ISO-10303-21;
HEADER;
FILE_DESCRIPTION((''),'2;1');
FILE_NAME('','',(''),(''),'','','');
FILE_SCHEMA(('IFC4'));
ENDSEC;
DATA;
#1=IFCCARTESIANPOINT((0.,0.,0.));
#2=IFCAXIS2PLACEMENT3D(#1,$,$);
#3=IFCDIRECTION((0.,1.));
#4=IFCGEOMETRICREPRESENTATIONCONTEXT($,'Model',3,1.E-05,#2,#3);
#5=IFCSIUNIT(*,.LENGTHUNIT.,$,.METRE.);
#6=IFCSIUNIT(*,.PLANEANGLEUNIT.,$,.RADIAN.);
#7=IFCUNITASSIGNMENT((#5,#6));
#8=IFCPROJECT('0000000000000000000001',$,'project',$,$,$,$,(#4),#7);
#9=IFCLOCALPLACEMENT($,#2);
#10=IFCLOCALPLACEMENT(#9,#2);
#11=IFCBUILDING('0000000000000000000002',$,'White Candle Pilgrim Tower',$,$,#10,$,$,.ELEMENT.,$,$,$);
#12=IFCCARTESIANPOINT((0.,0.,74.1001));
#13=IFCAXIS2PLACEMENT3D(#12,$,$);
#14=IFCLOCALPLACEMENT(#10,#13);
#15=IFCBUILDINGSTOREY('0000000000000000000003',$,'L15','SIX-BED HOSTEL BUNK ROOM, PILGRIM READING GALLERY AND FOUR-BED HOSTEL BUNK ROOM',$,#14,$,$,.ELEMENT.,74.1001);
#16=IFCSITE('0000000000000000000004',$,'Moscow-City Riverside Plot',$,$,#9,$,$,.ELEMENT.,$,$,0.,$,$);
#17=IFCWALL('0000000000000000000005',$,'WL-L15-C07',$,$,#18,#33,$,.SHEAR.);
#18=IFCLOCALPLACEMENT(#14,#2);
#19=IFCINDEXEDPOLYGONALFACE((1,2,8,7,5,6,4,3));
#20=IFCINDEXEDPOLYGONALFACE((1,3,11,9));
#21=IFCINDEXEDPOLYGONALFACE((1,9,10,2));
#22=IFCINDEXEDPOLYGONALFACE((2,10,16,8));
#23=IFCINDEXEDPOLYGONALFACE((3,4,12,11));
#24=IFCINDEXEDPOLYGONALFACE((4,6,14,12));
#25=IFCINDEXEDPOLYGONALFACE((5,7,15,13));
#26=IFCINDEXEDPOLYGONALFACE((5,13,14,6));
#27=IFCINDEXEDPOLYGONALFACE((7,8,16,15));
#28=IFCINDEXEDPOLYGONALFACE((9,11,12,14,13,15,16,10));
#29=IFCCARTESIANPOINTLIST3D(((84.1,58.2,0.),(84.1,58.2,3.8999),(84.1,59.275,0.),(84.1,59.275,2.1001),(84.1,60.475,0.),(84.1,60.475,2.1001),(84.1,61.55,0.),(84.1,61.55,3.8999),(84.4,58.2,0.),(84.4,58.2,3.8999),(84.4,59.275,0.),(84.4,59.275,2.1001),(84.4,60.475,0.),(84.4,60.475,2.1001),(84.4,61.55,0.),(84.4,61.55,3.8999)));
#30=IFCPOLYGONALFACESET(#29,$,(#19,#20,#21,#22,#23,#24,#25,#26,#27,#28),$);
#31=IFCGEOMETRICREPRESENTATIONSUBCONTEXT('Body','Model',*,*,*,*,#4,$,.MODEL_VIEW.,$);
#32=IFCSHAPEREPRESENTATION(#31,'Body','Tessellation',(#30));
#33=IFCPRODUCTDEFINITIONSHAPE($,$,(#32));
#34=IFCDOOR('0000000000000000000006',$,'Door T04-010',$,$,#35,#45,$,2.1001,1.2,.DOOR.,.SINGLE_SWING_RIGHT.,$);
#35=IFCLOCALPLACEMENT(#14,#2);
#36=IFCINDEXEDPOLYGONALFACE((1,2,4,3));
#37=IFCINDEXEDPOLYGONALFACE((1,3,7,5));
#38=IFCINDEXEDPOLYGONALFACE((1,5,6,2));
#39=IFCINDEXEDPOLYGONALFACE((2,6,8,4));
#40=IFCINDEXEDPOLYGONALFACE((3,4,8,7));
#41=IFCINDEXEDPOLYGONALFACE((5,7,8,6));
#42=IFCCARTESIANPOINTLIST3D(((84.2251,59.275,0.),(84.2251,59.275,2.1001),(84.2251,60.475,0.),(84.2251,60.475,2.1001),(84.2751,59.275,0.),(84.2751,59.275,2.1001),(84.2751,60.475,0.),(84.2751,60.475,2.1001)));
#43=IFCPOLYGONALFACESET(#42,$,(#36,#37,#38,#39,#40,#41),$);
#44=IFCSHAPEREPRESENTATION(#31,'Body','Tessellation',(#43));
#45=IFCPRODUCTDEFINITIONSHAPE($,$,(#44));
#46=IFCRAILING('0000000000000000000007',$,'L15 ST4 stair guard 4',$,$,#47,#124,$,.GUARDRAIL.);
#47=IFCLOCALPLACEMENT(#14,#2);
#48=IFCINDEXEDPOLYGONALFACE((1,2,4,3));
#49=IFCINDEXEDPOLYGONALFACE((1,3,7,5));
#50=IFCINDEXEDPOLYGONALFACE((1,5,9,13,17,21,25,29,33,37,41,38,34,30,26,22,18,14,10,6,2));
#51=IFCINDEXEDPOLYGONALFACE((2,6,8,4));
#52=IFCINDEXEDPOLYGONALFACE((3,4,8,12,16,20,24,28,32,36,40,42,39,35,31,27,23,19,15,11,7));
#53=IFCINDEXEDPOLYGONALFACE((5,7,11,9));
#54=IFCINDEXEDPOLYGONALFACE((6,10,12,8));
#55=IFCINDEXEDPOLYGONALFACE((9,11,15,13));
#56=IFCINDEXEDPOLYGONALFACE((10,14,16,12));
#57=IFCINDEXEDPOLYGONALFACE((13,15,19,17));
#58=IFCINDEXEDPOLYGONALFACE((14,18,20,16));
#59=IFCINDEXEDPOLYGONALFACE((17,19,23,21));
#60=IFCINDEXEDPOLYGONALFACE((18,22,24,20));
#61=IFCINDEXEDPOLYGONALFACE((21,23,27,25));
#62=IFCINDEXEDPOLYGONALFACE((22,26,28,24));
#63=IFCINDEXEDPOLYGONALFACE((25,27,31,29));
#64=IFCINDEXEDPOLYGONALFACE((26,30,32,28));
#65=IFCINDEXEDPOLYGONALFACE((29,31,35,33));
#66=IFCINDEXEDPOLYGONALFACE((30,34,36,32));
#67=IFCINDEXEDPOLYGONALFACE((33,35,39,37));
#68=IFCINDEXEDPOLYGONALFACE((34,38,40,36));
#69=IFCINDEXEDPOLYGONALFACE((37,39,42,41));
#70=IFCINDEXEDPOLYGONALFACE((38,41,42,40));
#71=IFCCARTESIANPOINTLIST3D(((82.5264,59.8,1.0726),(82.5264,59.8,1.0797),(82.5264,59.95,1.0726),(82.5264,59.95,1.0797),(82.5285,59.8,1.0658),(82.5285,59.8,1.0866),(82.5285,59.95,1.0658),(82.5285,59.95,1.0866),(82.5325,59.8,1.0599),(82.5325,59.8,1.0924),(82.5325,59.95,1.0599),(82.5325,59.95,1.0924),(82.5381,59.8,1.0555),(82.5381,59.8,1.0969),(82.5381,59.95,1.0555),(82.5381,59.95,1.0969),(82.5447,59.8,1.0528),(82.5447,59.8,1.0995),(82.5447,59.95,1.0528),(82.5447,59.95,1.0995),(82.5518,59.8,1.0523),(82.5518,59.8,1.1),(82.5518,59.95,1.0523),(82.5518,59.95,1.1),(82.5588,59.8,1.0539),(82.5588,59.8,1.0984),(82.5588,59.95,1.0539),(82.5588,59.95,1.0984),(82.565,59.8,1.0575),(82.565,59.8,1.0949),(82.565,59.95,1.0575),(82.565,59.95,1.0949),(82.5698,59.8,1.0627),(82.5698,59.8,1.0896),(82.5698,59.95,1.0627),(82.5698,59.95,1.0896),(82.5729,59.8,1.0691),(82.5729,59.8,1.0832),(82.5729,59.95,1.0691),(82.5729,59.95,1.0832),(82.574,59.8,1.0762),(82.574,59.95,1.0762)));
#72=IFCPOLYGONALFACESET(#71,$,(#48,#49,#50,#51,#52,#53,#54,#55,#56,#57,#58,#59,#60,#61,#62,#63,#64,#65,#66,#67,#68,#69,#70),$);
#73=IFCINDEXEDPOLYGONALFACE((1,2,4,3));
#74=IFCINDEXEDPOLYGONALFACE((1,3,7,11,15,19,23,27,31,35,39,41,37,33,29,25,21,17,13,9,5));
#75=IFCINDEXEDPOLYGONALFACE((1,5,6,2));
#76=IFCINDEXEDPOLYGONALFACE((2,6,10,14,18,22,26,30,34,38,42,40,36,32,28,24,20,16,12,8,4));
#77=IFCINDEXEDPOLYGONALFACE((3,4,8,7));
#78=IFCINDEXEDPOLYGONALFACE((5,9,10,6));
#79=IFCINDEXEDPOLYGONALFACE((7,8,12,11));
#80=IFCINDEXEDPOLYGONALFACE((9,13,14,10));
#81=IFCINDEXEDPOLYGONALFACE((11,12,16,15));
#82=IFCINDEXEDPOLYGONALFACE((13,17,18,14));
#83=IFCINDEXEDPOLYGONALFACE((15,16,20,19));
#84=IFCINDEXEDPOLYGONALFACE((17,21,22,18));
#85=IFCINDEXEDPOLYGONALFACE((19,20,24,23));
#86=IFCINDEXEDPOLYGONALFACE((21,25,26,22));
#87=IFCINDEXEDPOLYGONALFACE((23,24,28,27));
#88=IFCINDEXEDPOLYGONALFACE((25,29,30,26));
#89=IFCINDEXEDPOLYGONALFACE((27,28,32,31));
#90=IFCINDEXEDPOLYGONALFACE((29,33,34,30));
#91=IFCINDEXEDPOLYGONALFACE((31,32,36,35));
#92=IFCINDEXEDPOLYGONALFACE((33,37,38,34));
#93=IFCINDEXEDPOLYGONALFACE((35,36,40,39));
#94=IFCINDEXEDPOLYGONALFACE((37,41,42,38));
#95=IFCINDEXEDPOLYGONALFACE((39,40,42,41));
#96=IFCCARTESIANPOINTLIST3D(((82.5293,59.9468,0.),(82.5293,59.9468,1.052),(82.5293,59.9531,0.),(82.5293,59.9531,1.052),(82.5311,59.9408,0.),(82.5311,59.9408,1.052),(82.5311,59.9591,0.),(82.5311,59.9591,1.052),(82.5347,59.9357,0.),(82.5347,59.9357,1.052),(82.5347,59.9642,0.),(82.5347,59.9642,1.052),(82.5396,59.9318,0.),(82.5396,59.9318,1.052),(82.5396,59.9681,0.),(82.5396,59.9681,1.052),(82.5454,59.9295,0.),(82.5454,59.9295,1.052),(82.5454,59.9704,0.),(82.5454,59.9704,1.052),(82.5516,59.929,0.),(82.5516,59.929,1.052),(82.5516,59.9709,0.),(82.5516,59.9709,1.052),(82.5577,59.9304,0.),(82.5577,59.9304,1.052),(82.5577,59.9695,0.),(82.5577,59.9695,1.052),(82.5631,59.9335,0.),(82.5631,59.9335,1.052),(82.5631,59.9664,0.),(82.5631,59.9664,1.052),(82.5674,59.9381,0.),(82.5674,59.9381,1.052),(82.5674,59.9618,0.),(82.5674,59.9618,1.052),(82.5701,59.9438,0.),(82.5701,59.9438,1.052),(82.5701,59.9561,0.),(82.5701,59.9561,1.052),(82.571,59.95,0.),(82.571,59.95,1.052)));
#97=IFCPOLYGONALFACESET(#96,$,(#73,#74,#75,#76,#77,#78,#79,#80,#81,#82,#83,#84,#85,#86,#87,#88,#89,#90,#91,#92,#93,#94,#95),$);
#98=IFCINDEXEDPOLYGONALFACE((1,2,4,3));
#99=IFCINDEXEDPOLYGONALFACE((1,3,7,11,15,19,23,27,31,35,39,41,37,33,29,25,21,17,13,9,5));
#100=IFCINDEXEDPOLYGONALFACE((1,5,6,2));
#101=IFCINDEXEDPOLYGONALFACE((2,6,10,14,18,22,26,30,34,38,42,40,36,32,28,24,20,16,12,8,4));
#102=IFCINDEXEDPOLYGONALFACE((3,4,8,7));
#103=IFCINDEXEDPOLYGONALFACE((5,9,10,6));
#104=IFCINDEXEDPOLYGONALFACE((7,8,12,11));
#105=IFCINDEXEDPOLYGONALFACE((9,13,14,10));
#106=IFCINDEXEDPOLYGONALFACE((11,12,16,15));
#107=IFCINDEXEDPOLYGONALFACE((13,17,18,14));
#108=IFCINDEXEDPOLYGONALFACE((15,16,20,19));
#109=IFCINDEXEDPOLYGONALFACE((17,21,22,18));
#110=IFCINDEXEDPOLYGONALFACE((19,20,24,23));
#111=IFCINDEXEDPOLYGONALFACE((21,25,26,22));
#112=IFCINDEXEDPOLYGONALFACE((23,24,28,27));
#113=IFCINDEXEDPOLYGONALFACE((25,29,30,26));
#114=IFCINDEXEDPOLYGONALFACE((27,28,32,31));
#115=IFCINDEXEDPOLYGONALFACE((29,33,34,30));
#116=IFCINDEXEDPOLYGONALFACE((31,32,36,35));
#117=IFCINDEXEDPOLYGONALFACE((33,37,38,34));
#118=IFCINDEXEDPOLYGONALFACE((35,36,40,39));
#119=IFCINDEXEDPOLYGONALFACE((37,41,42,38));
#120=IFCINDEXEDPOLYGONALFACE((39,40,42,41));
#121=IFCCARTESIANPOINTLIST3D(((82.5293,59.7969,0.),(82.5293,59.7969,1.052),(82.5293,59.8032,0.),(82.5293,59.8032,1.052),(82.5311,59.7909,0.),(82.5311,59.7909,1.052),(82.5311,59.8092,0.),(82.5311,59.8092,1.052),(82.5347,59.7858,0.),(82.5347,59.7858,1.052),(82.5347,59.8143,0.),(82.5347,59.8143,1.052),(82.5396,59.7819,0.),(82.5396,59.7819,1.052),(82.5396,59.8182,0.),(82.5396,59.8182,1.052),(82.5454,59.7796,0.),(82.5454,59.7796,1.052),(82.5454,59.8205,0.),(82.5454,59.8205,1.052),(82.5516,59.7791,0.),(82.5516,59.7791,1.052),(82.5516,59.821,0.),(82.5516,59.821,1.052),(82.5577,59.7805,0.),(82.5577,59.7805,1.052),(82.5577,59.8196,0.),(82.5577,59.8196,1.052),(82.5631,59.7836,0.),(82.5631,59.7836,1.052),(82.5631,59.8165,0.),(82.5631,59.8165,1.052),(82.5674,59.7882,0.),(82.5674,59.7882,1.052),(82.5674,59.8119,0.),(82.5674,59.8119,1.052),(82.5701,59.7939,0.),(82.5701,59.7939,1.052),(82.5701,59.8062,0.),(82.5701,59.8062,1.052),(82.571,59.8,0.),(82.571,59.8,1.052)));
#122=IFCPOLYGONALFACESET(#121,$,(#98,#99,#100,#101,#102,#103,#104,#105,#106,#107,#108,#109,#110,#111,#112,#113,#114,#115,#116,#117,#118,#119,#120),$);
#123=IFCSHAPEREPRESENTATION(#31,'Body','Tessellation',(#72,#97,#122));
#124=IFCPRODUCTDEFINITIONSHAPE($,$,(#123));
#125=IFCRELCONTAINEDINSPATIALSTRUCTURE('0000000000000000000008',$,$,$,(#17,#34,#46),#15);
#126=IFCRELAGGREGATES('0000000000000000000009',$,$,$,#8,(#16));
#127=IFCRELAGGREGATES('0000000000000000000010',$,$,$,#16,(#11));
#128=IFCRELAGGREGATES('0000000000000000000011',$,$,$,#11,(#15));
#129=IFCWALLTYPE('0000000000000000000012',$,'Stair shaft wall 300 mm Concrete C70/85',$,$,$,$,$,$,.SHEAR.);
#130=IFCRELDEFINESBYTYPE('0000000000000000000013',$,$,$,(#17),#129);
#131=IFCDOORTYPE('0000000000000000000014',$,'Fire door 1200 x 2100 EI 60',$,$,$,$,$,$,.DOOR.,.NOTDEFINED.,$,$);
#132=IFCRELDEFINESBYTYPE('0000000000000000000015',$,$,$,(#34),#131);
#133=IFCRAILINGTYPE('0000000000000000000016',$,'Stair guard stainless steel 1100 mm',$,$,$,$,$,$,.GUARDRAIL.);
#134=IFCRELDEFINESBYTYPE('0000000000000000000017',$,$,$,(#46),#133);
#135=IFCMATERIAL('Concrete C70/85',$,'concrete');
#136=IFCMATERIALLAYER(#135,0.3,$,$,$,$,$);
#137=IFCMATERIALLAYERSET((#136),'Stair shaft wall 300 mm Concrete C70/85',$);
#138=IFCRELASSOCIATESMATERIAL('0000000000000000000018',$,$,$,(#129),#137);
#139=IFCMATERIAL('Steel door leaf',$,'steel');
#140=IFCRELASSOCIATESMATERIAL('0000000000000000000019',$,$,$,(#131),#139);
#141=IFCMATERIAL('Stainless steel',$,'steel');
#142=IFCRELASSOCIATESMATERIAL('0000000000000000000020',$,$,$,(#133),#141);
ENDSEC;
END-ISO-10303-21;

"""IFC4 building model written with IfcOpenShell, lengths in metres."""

from ifc_helpers import new_model, si_unit, direction, frame, frame_2d, origin, origin_2d, place, context, subcontext, project, spatial, rectangle, circle, extrude, material, layer, layer_set, type_object, element, fill, save


model = new_model("IFC4")

# Units and contexts
model_context = context("Model", 3, precision=1e-05, world=origin(), true_north=direction((0.0, 1.0)))
body_context = subcontext(model_context, "Body", "Model", "MODEL_VIEW")
ifc_project = project(units=[si_unit("LENGTHUNIT", "METRE"), si_unit("PLANEANGLEUNIT", "RADIAN")], contexts=[model_context])

# Site, building, storey
site_placement = place(None, origin())
site = spatial("IfcSite", under=ifc_project, at=site_placement, Name="Moscow-City Riverside Plot", CompositionType="ELEMENT", RefElevation=0.0)
building_placement = place(site_placement, origin())
building = spatial("IfcBuilding", under=site, at=building_placement, Name="White Candle Pilgrim Tower", CompositionType="ELEMENT")
storey_placement = place(building_placement, frame((0.0, 0.0, 74.1001)))
storey = spatial("IfcBuildingStorey", under=building, at=storey_placement, Name="L15", Description="SIX-BED HOSTEL BUNK ROOM, PILGRIM READING GALLERY AND FOUR-BED HOSTEL BUNK ROOM", CompositionType="ELEMENT", Elevation=74.1001)

# Shared definitions
ifc_material_1 = material(Name="Concrete C70/85", Category="concrete")

# Shared definitions
ifc_material_2 = material(Name="Steel door leaf", Category="steel")

# Wall, opening, door
ifc_layer_1 = layer(ifc_material_1, 0.3)
ifc_layer_set_1 = layer_set([ifc_layer_1], Name="Stair shaft wall 300 mm Concrete C70/85")
wall_type_1 = type_object("IfcWallType", Name="Stair shaft wall 300 mm Concrete C70/85", PredefinedType="SHEAR", material=ifc_layer_set_1)
wall_1_placement = place(storey_placement, frame((84.25, 58.2, 0.0), z_axis=(0.0, 0.0, 1.0), x_axis=(0.0, 1.0, 0.0)))
wall_1 = element("IfcWall", 1, at=wall_1_placement, inside=storey, type_object=wall_type_1, Name="WL-L15-C07", PredefinedType="SHEAR", context=body_context, shape_type="SweptSolid", body=[
    extrude(rectangle(XDim=3.3501, YDim=0.3, at=frame_2d((1.675, 0.0))), origin(), (0.0, 0.0, 1.0), 3.8999),
])
opening_1_placement = place(wall_1_placement, frame((1.075, 0.0, 0.0)))
opening_1 = element("IfcOpeningElement", 2, at=opening_1_placement, cuts=wall_1, PredefinedType="OPENING", context=body_context, shape_type="SweptSolid", body=[
    extrude(rectangle(XDim=1.2, YDim=2.1001, at=frame_2d((0.6001, 1.05))), frame((0.0, 0.1599, 0.0), z_axis=(0.0, -1.0, 0.0), x_axis=(1.0, 0.0, 0.0)), (0.0, 0.0, 1.0), 0.3201),
])
door_type_1 = type_object("IfcDoorType", Name="Fire door 1200 x 2100 EI 60", OperationType="NOTDEFINED", PredefinedType="DOOR", material=ifc_material_2)
door_1_placement = place(opening_1_placement, origin())
door_1 = element("IfcDoor", 3, at=door_1_placement, inside=storey, type_object=door_type_1, Name="Door T04-010", OperationType="SINGLE_SWING_RIGHT", OverallHeight=2.1001, OverallWidth=1.2, PredefinedType="DOOR", context=body_context, shape_type="SweptSolid", body=[
    extrude(rectangle(XDim=1.2, YDim=2.1001, at=frame_2d((0.6001, 1.05))), frame((0.0, 0.0249, 0.0), z_axis=(0.0, -1.0, 0.0), x_axis=(1.0, 0.0, 0.0)), (0.0, 0.0, 1.0), 0.05),
])
fill(opening_1, door_1)

# Railing
ifc_material_3 = material(Name="Stainless steel", Category="steel")
railing_type = type_object("IfcRailingType", Name="Stair guard stainless steel 1100 mm", PredefinedType="GUARDRAIL", material=ifc_material_3)
railing_placement = place(storey_placement, frame((82.55, 59.95, 0.0)))
element("IfcRailing", 4, at=railing_placement, inside=storey, type_object=railing_type, Name="L15 ST4 stair guard 4", PredefinedType="GUARDRAIL", context=body_context, shape_type="SweptSolid", body=[
    extrude(circle(Radius=0.0239, at=origin_2d()), frame((0.0, 0.0, 1.0762), z_axis=(0.0, -1.0, 0.0), x_axis=(1.0, 0.0, 0.0)), (0.0, 0.0, 1.0), 0.1499),
    extrude(circle(Radius=0.021, at=origin_2d()), origin(), (0.0, 0.0, 1.0), 1.052),
    extrude(circle(Radius=0.021, at=origin_2d()), frame((0.0, -0.1499, 0.0)), (0.0, 0.0, 1.0), 1.052),
])

save(model, "model.ifc")
